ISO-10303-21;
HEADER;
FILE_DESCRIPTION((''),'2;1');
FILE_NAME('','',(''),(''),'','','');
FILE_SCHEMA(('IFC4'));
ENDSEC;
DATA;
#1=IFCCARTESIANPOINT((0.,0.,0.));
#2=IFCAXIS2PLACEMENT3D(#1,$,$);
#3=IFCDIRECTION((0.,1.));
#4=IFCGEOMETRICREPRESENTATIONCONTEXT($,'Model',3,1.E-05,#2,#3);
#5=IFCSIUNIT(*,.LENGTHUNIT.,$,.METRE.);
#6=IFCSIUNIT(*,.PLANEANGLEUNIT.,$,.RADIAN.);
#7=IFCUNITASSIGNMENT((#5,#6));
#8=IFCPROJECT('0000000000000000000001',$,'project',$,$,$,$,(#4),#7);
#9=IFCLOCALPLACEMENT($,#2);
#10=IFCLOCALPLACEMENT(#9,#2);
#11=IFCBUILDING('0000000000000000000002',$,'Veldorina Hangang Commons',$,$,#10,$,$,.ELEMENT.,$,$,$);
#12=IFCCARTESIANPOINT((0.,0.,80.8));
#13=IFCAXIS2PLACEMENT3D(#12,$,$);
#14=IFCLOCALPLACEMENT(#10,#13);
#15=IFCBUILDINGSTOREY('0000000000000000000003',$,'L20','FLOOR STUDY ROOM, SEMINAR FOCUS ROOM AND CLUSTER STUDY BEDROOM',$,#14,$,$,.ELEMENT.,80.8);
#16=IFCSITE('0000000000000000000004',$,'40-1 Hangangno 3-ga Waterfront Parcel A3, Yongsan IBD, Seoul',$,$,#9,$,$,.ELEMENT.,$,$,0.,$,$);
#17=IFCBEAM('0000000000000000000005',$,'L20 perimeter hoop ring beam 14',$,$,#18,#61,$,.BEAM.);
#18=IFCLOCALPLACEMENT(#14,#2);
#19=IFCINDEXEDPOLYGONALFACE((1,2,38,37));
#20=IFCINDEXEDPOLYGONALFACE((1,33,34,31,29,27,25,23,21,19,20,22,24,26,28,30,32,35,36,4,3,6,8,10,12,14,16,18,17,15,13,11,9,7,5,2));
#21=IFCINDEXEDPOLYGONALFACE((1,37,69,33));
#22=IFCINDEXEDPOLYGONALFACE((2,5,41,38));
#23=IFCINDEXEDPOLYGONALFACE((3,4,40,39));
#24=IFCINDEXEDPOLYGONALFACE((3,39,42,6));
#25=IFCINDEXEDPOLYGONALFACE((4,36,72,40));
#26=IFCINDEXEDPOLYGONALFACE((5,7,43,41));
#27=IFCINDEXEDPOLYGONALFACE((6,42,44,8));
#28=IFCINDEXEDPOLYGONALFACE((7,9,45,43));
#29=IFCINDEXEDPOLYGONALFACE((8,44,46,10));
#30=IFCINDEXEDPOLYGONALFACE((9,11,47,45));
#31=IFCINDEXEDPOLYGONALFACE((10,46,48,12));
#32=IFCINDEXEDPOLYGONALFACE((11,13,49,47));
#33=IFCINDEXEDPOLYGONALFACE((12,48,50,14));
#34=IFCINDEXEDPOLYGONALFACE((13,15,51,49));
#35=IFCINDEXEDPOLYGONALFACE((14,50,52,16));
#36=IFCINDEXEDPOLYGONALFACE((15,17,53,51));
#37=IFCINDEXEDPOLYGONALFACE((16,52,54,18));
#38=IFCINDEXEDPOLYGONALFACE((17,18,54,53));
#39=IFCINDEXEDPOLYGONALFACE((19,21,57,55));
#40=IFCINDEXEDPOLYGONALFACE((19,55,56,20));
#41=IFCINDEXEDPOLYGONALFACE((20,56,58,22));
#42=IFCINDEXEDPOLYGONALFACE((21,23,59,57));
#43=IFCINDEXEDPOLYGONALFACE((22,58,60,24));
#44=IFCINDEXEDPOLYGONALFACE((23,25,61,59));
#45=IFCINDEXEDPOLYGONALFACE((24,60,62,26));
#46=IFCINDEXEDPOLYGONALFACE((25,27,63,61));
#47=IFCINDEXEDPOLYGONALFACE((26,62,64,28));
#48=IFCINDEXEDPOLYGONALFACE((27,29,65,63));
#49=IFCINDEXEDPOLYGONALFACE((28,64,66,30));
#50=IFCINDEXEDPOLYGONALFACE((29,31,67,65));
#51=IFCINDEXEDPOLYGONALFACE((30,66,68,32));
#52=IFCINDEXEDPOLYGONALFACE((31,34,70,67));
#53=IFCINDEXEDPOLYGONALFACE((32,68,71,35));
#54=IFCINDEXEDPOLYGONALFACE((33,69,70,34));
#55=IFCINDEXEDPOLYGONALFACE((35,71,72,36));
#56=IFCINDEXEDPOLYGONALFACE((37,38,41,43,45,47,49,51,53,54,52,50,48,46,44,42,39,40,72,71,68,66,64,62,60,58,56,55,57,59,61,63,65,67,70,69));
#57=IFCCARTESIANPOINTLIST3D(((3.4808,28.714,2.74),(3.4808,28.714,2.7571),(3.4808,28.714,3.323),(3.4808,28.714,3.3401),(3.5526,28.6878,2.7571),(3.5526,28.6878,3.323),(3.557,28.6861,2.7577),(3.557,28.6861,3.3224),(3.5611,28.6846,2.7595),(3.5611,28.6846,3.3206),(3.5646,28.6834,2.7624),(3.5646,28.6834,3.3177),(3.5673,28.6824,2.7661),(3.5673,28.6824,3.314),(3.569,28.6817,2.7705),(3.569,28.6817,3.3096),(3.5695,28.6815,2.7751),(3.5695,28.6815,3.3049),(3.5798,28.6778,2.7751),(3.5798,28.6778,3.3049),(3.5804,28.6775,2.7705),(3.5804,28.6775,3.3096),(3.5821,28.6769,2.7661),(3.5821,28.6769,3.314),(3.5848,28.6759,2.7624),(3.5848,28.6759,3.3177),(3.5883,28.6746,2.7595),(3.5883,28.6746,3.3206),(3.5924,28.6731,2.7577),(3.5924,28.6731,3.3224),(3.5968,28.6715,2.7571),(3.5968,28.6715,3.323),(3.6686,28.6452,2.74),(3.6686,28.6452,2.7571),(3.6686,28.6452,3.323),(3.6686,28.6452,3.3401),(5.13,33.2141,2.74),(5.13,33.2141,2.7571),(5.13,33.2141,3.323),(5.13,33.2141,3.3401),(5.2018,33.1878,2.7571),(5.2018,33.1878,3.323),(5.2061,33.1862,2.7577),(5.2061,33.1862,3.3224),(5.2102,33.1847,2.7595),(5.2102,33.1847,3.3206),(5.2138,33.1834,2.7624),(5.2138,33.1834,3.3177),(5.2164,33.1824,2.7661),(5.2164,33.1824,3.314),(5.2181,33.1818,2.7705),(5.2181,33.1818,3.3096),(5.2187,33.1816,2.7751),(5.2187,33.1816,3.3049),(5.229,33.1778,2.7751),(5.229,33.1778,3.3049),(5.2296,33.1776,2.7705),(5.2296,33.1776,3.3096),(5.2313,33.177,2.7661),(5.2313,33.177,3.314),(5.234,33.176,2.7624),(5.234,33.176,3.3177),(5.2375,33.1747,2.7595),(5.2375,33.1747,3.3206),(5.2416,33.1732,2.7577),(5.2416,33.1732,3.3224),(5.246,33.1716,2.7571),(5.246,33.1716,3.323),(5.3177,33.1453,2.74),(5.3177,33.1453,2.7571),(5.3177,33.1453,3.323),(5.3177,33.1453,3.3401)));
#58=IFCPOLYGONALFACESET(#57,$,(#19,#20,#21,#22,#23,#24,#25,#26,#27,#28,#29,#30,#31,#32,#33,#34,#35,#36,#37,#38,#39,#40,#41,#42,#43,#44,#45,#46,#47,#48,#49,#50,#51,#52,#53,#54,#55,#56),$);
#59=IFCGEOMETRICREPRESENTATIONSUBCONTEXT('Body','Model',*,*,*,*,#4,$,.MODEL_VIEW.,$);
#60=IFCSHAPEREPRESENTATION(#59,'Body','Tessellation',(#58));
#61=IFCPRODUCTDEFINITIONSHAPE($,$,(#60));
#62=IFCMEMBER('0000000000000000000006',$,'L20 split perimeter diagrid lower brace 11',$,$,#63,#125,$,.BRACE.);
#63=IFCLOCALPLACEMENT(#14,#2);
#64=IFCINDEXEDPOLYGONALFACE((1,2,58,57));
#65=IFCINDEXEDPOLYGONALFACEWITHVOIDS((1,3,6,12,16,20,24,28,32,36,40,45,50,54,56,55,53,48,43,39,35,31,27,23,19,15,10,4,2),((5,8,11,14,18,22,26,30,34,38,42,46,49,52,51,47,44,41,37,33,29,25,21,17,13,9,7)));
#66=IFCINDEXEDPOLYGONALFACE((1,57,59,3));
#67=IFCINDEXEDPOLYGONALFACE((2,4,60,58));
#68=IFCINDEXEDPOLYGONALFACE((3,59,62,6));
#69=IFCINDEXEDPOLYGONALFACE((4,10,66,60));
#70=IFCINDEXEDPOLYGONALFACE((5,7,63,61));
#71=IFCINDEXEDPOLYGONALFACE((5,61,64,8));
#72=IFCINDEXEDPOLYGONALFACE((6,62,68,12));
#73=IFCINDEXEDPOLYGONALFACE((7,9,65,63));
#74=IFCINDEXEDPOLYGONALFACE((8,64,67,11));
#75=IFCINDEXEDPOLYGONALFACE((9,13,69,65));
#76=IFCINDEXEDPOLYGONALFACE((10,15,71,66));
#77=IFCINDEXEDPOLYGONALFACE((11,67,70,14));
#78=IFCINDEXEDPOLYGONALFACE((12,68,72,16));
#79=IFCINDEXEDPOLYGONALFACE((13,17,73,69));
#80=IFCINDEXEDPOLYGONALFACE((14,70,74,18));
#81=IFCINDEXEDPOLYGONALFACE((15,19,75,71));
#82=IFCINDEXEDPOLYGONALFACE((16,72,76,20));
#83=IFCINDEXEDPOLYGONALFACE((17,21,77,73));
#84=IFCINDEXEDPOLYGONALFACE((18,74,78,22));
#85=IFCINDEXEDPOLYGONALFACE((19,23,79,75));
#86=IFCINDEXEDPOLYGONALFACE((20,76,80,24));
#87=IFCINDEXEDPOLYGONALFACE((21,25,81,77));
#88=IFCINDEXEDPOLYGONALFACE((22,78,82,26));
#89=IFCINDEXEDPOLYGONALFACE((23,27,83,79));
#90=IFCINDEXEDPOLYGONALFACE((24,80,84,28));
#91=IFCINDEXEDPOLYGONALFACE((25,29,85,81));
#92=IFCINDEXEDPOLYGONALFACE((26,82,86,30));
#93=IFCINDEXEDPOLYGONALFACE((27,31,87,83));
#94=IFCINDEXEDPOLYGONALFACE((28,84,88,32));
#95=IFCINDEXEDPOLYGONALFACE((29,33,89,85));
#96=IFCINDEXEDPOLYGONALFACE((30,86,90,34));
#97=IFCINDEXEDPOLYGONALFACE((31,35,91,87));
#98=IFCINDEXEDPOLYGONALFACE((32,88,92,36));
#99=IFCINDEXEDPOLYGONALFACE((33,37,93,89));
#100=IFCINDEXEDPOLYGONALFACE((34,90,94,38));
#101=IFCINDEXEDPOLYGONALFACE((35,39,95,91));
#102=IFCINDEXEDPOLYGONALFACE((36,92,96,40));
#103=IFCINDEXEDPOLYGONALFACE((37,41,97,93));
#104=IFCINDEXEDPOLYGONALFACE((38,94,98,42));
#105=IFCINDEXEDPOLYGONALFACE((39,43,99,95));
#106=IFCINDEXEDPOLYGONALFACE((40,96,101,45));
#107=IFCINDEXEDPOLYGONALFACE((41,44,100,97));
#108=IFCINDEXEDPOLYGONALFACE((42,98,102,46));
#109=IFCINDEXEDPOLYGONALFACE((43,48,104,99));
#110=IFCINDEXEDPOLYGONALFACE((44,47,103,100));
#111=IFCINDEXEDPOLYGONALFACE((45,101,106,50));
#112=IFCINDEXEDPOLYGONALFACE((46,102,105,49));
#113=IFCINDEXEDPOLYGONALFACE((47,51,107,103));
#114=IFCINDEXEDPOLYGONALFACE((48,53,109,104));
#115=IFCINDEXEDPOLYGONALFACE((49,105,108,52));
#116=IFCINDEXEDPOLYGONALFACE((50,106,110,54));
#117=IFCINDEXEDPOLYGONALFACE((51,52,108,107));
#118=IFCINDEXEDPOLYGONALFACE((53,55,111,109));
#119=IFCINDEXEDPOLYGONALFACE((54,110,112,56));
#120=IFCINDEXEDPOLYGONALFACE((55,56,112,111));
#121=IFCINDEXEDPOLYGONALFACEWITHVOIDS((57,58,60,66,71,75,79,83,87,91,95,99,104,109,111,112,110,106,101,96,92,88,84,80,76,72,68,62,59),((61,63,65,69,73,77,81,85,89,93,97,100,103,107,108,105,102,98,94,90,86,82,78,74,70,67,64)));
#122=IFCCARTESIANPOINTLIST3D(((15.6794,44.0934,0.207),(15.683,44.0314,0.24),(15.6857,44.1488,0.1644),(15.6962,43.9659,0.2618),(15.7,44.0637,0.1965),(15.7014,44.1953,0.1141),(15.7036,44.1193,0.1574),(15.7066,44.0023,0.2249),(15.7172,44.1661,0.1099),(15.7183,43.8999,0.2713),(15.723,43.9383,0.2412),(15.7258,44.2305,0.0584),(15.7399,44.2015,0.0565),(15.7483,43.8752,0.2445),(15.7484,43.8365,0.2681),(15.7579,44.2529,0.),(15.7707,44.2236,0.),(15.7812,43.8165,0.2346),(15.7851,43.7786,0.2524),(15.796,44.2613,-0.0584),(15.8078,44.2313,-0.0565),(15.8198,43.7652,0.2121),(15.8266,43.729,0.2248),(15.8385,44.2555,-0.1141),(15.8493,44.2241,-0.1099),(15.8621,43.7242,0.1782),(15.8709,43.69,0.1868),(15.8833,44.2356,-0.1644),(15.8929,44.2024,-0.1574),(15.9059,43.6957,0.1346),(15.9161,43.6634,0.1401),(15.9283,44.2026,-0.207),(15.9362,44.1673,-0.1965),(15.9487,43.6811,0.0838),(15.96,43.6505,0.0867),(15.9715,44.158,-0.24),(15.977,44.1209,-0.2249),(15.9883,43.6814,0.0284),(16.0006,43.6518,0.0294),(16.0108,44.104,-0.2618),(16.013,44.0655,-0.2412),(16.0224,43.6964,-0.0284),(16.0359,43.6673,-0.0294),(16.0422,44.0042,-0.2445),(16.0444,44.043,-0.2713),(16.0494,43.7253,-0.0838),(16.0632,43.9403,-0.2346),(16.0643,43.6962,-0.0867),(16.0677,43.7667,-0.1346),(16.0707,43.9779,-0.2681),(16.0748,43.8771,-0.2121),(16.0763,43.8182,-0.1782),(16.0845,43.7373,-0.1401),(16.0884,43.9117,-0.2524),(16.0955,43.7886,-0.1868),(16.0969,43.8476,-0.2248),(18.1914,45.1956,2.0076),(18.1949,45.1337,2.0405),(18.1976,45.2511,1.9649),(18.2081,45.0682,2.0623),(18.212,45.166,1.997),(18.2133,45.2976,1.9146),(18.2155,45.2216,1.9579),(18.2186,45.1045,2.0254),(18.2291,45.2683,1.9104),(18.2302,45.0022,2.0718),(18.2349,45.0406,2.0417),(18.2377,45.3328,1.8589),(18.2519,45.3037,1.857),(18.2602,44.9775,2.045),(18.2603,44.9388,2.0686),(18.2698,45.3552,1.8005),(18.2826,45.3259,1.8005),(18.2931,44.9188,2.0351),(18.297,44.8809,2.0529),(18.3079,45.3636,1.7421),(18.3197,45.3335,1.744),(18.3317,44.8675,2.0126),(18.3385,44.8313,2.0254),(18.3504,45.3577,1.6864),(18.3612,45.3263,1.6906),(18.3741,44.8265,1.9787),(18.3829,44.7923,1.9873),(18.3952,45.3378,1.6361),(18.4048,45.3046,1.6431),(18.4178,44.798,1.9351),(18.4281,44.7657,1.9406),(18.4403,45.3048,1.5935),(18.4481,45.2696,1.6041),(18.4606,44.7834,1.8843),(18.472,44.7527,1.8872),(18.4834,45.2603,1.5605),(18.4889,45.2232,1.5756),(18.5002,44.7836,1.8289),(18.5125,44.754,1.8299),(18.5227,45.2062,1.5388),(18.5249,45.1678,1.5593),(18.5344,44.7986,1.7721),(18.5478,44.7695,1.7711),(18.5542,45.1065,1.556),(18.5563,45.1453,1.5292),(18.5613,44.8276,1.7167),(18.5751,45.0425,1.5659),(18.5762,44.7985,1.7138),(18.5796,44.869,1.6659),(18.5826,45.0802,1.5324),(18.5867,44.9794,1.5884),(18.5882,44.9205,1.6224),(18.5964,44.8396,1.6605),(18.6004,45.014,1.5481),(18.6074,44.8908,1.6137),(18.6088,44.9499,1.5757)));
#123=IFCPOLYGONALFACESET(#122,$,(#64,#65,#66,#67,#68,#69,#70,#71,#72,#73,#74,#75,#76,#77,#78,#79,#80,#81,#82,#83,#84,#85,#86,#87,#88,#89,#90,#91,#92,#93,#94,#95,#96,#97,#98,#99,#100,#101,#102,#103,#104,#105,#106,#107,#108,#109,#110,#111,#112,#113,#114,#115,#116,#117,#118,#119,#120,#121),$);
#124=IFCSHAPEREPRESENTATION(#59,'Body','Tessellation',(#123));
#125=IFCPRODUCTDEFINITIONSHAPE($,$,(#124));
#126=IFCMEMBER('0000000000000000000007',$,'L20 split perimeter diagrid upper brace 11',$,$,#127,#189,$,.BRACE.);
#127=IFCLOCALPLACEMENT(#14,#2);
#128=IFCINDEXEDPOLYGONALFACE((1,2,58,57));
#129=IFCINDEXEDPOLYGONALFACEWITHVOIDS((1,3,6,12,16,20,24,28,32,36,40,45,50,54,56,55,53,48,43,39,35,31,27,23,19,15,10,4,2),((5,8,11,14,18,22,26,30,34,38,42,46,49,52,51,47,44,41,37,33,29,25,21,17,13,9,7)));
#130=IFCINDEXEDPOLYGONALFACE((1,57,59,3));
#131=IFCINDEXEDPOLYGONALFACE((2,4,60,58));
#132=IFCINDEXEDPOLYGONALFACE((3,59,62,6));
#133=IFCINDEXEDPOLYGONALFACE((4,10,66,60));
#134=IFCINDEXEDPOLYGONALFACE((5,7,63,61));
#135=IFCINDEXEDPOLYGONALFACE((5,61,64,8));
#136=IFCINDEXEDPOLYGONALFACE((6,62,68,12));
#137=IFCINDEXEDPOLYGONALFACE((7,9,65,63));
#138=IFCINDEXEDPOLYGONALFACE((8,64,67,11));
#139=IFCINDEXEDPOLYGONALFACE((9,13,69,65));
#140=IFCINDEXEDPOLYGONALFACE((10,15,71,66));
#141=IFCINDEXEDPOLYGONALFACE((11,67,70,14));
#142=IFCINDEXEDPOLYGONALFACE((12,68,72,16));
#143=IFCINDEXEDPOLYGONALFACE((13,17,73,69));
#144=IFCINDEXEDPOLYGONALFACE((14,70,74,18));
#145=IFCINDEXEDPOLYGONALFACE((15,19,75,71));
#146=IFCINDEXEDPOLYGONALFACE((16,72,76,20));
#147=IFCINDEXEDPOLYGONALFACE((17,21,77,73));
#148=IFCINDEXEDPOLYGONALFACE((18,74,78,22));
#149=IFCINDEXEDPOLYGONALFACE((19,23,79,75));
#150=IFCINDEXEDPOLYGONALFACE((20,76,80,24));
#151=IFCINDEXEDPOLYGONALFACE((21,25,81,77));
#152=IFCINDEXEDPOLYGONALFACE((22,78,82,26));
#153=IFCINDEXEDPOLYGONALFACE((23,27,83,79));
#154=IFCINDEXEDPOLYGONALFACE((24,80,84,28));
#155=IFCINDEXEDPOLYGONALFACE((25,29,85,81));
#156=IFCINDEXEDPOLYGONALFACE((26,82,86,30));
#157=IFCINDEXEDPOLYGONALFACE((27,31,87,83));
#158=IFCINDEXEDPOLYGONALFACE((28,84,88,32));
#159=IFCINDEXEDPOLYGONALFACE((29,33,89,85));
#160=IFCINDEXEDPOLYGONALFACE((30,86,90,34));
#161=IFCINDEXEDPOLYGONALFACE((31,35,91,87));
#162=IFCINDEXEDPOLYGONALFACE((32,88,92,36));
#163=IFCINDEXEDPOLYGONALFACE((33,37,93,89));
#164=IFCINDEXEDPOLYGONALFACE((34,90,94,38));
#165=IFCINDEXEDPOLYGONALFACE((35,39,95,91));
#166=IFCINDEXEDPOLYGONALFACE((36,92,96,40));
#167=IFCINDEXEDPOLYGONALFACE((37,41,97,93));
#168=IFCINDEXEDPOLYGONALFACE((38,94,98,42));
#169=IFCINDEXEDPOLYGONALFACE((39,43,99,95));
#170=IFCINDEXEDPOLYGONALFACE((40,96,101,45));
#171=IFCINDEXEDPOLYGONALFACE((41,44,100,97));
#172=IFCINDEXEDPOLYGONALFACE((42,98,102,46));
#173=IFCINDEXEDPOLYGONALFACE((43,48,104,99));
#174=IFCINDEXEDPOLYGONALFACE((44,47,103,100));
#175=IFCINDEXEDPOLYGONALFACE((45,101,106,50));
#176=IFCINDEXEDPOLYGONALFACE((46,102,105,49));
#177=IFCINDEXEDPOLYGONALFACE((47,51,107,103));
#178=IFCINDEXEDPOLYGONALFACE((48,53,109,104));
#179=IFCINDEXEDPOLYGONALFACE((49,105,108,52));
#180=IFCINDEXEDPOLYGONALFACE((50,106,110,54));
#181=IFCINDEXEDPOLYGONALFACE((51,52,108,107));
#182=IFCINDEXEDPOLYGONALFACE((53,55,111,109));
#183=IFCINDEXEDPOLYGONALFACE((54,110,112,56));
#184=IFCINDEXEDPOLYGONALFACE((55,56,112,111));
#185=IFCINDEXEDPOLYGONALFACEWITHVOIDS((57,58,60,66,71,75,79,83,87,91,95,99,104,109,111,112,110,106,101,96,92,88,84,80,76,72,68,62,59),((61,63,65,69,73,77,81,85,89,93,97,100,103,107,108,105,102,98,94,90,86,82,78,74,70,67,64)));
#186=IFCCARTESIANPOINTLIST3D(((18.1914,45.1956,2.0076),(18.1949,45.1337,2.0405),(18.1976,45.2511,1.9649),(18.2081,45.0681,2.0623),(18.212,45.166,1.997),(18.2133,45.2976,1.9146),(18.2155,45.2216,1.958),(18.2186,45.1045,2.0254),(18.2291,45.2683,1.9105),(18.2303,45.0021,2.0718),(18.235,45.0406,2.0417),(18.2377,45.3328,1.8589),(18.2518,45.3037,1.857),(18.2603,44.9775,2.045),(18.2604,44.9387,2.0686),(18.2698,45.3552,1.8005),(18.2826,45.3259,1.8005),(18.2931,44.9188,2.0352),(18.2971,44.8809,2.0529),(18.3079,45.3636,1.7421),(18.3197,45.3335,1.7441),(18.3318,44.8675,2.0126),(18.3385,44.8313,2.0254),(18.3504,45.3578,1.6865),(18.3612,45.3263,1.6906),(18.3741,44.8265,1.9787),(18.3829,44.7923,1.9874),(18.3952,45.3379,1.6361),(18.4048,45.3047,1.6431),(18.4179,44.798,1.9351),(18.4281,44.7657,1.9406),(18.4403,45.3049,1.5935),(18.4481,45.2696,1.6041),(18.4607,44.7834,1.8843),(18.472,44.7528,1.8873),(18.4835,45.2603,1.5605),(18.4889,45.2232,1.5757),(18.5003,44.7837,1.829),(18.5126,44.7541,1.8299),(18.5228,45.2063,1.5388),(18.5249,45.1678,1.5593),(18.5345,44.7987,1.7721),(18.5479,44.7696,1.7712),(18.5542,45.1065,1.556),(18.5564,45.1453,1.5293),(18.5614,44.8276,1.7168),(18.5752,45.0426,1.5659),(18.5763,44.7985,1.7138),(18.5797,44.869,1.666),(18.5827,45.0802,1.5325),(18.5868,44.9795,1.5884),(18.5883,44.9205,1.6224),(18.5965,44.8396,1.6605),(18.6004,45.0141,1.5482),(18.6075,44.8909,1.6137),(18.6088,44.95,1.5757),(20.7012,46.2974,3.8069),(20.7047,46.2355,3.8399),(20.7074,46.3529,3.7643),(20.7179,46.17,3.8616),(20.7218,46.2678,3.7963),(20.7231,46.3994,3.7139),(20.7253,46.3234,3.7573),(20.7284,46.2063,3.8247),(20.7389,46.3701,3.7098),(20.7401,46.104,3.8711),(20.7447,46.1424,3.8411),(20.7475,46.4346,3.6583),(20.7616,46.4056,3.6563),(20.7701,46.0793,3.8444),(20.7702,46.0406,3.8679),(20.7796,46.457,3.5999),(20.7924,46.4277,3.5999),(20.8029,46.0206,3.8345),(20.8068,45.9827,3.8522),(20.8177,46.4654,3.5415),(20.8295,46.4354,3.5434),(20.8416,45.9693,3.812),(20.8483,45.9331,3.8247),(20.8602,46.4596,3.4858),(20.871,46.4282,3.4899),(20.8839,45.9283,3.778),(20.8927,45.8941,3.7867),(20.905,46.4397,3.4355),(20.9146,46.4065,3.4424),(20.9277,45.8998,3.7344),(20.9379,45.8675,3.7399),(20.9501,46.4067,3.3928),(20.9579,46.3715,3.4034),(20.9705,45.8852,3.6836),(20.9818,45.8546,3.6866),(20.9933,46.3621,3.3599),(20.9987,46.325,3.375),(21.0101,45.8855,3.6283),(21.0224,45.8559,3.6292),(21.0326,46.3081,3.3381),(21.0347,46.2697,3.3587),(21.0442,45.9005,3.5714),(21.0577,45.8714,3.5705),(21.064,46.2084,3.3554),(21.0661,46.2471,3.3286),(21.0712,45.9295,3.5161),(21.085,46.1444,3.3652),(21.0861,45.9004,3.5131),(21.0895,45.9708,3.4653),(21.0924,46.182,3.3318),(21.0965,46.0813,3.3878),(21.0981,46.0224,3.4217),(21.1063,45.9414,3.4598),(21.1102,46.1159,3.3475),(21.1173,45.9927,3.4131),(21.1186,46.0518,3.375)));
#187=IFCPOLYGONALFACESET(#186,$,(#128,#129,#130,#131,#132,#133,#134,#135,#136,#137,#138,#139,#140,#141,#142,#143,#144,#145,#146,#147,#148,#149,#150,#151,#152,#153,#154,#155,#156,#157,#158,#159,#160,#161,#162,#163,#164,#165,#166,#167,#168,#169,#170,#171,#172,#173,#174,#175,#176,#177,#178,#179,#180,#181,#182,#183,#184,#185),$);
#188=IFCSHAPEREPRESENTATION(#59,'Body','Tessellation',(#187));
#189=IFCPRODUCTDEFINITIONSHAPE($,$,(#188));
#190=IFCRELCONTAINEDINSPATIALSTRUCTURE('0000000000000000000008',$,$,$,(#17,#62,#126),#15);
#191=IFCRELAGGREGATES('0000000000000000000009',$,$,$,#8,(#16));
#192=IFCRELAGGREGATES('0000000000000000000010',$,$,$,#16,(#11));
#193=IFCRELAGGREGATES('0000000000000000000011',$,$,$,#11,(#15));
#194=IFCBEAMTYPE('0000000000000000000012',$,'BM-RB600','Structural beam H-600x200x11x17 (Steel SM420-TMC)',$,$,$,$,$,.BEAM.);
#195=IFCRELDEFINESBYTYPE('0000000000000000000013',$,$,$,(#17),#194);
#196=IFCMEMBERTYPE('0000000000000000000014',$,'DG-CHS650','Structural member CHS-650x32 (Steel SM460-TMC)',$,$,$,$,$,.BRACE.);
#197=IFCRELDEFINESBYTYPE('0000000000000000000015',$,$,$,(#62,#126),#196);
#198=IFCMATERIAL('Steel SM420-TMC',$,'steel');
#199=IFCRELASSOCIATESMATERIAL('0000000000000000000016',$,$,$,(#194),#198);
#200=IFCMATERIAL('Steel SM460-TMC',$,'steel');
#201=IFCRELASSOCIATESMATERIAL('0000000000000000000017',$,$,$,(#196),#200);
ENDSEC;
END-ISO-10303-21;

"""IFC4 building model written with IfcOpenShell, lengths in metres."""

from ifc_helpers import new_model, si_unit, direction, frame, origin, origin_2d, place, context, subcontext, project, spatial, hollow_circle, i_section, extrude, material, material_profile, profile_set, type_object, element, save


model = new_model("IFC4")

# Units and contexts
model_context = context("Model", 3, precision=1e-05, world=origin(), true_north=direction((0.0, 1.0)))
body_context = subcontext(model_context, "Body", "Model", "MODEL_VIEW")
ifc_project = project(units=[si_unit("LENGTHUNIT", "METRE"), si_unit("PLANEANGLEUNIT", "RADIAN")], contexts=[model_context])

# Site, building, storey
site_placement = place(None, origin())
site = spatial("IfcSite", under=ifc_project, at=site_placement, Name="40-1 Hangangno 3-ga Waterfront Parcel A3, Yongsan IBD, Seoul", CompositionType="ELEMENT", RefElevation=0.0)
building_placement = place(site_placement, origin())
building = spatial("IfcBuilding", under=site, at=building_placement, Name="Veldorina Hangang Commons", CompositionType="ELEMENT")
storey_placement = place(building_placement, frame((0.0, 0.0, 80.8)))
storey = spatial("IfcBuildingStorey", under=building, at=storey_placement, Name="L20", Description="FLOOR STUDY ROOM, SEMINAR FOCUS ROOM AND CLUSTER STUDY BEDROOM", CompositionType="ELEMENT", Elevation=80.8)

# Beam
ifc_material_1 = material(Name="Steel SM420-TMC", Category="steel")
ifc_material_profile_1 = material_profile(ifc_material_1, i_section(OverallWidth=0.2, OverallDepth=0.6001, WebThickness=0.011, FlangeThickness=0.0171, FilletRadius=0.0181, at=origin_2d()), Name="H-600x200x11x17")
ifc_profile_set_1 = profile_set([ifc_material_profile_1], Name="Steel SM420-TMC")
beam_type_1 = type_object("IfcBeamType", Name="BM-RB600", Description="Structural beam H-600x200x11x17 (Steel SM420-TMC)", PredefinedType="BEAM", material=ifc_profile_set_1)
beam_1_placement = place(storey_placement, frame((5.2239, 33.1797, 3.04), z_axis=(-0.344102, -0.938932, 0.0), x_axis=(0.938932, -0.344102, 0.0)))
element("IfcBeam", 1, at=beam_1_placement, inside=storey, type_object=beam_type_1, Name="L20 perimeter hoop ring beam 14", PredefinedType="BEAM", context=body_context, shape_type="SweptSolid", body=[
    extrude(i_section(OverallWidth=0.2, OverallDepth=0.6001, WebThickness=0.011, FlangeThickness=0.0171, FilletRadius=0.0181, at=origin_2d()), origin(), (0.0, 0.0, 1.0), 4.7927),
])

# Members
ifc_material_2 = material(Name="Steel SM460-TMC", Category="steel")
ifc_material_profile_2 = material_profile(ifc_material_2, hollow_circle(Radius=0.325, WallThickness=0.032, at=origin_2d()), Name="CHS-650x32")
ifc_profile_set_2 = profile_set([ifc_material_profile_2], Name="Steel SM460-TMC")
member_type = type_object("IfcMemberType", Name="DG-CHS650", Description="Structural member CHS-650x32 (Steel SM460-TMC)", PredefinedType="BRACE", material=ifc_profile_set_2)
member_1_placement = place(storey_placement, frame((15.8884, 43.9553, 0.0), z_axis=(0.765538, 0.335932, 0.548726), x_axis=(-0.401832, 0.915714, 0.0)))
element("IfcMember", 2, at=member_1_placement, inside=storey, type_object=member_type, Name="L20 split perimeter diagrid lower brace 11", PredefinedType="BRACE", context=body_context, shape_type="SweptSolid", body=[
    extrude(hollow_circle(Radius=0.325, WallThickness=0.032, at=origin_2d()), origin(), (0.0, 0.0, 1.0), 3.2812),
])
member_2_placement = place(storey_placement, frame((18.4004, 45.0576, 1.8005), z_axis=(0.765456, 0.336041, 0.548775), x_axis=(-0.401977, 0.91565, 0.0)))
element("IfcMember", 3, at=member_2_placement, inside=storey, type_object=member_type, Name="L20 split perimeter diagrid upper brace 11", PredefinedType="BRACE", context=body_context, shape_type="SweptSolid", body=[
    extrude(hollow_circle(Radius=0.325, WallThickness=0.032, at=origin_2d()), origin(), (0.0, 0.0, 1.0), 3.2788),
])

save(model, "model.ifc")
